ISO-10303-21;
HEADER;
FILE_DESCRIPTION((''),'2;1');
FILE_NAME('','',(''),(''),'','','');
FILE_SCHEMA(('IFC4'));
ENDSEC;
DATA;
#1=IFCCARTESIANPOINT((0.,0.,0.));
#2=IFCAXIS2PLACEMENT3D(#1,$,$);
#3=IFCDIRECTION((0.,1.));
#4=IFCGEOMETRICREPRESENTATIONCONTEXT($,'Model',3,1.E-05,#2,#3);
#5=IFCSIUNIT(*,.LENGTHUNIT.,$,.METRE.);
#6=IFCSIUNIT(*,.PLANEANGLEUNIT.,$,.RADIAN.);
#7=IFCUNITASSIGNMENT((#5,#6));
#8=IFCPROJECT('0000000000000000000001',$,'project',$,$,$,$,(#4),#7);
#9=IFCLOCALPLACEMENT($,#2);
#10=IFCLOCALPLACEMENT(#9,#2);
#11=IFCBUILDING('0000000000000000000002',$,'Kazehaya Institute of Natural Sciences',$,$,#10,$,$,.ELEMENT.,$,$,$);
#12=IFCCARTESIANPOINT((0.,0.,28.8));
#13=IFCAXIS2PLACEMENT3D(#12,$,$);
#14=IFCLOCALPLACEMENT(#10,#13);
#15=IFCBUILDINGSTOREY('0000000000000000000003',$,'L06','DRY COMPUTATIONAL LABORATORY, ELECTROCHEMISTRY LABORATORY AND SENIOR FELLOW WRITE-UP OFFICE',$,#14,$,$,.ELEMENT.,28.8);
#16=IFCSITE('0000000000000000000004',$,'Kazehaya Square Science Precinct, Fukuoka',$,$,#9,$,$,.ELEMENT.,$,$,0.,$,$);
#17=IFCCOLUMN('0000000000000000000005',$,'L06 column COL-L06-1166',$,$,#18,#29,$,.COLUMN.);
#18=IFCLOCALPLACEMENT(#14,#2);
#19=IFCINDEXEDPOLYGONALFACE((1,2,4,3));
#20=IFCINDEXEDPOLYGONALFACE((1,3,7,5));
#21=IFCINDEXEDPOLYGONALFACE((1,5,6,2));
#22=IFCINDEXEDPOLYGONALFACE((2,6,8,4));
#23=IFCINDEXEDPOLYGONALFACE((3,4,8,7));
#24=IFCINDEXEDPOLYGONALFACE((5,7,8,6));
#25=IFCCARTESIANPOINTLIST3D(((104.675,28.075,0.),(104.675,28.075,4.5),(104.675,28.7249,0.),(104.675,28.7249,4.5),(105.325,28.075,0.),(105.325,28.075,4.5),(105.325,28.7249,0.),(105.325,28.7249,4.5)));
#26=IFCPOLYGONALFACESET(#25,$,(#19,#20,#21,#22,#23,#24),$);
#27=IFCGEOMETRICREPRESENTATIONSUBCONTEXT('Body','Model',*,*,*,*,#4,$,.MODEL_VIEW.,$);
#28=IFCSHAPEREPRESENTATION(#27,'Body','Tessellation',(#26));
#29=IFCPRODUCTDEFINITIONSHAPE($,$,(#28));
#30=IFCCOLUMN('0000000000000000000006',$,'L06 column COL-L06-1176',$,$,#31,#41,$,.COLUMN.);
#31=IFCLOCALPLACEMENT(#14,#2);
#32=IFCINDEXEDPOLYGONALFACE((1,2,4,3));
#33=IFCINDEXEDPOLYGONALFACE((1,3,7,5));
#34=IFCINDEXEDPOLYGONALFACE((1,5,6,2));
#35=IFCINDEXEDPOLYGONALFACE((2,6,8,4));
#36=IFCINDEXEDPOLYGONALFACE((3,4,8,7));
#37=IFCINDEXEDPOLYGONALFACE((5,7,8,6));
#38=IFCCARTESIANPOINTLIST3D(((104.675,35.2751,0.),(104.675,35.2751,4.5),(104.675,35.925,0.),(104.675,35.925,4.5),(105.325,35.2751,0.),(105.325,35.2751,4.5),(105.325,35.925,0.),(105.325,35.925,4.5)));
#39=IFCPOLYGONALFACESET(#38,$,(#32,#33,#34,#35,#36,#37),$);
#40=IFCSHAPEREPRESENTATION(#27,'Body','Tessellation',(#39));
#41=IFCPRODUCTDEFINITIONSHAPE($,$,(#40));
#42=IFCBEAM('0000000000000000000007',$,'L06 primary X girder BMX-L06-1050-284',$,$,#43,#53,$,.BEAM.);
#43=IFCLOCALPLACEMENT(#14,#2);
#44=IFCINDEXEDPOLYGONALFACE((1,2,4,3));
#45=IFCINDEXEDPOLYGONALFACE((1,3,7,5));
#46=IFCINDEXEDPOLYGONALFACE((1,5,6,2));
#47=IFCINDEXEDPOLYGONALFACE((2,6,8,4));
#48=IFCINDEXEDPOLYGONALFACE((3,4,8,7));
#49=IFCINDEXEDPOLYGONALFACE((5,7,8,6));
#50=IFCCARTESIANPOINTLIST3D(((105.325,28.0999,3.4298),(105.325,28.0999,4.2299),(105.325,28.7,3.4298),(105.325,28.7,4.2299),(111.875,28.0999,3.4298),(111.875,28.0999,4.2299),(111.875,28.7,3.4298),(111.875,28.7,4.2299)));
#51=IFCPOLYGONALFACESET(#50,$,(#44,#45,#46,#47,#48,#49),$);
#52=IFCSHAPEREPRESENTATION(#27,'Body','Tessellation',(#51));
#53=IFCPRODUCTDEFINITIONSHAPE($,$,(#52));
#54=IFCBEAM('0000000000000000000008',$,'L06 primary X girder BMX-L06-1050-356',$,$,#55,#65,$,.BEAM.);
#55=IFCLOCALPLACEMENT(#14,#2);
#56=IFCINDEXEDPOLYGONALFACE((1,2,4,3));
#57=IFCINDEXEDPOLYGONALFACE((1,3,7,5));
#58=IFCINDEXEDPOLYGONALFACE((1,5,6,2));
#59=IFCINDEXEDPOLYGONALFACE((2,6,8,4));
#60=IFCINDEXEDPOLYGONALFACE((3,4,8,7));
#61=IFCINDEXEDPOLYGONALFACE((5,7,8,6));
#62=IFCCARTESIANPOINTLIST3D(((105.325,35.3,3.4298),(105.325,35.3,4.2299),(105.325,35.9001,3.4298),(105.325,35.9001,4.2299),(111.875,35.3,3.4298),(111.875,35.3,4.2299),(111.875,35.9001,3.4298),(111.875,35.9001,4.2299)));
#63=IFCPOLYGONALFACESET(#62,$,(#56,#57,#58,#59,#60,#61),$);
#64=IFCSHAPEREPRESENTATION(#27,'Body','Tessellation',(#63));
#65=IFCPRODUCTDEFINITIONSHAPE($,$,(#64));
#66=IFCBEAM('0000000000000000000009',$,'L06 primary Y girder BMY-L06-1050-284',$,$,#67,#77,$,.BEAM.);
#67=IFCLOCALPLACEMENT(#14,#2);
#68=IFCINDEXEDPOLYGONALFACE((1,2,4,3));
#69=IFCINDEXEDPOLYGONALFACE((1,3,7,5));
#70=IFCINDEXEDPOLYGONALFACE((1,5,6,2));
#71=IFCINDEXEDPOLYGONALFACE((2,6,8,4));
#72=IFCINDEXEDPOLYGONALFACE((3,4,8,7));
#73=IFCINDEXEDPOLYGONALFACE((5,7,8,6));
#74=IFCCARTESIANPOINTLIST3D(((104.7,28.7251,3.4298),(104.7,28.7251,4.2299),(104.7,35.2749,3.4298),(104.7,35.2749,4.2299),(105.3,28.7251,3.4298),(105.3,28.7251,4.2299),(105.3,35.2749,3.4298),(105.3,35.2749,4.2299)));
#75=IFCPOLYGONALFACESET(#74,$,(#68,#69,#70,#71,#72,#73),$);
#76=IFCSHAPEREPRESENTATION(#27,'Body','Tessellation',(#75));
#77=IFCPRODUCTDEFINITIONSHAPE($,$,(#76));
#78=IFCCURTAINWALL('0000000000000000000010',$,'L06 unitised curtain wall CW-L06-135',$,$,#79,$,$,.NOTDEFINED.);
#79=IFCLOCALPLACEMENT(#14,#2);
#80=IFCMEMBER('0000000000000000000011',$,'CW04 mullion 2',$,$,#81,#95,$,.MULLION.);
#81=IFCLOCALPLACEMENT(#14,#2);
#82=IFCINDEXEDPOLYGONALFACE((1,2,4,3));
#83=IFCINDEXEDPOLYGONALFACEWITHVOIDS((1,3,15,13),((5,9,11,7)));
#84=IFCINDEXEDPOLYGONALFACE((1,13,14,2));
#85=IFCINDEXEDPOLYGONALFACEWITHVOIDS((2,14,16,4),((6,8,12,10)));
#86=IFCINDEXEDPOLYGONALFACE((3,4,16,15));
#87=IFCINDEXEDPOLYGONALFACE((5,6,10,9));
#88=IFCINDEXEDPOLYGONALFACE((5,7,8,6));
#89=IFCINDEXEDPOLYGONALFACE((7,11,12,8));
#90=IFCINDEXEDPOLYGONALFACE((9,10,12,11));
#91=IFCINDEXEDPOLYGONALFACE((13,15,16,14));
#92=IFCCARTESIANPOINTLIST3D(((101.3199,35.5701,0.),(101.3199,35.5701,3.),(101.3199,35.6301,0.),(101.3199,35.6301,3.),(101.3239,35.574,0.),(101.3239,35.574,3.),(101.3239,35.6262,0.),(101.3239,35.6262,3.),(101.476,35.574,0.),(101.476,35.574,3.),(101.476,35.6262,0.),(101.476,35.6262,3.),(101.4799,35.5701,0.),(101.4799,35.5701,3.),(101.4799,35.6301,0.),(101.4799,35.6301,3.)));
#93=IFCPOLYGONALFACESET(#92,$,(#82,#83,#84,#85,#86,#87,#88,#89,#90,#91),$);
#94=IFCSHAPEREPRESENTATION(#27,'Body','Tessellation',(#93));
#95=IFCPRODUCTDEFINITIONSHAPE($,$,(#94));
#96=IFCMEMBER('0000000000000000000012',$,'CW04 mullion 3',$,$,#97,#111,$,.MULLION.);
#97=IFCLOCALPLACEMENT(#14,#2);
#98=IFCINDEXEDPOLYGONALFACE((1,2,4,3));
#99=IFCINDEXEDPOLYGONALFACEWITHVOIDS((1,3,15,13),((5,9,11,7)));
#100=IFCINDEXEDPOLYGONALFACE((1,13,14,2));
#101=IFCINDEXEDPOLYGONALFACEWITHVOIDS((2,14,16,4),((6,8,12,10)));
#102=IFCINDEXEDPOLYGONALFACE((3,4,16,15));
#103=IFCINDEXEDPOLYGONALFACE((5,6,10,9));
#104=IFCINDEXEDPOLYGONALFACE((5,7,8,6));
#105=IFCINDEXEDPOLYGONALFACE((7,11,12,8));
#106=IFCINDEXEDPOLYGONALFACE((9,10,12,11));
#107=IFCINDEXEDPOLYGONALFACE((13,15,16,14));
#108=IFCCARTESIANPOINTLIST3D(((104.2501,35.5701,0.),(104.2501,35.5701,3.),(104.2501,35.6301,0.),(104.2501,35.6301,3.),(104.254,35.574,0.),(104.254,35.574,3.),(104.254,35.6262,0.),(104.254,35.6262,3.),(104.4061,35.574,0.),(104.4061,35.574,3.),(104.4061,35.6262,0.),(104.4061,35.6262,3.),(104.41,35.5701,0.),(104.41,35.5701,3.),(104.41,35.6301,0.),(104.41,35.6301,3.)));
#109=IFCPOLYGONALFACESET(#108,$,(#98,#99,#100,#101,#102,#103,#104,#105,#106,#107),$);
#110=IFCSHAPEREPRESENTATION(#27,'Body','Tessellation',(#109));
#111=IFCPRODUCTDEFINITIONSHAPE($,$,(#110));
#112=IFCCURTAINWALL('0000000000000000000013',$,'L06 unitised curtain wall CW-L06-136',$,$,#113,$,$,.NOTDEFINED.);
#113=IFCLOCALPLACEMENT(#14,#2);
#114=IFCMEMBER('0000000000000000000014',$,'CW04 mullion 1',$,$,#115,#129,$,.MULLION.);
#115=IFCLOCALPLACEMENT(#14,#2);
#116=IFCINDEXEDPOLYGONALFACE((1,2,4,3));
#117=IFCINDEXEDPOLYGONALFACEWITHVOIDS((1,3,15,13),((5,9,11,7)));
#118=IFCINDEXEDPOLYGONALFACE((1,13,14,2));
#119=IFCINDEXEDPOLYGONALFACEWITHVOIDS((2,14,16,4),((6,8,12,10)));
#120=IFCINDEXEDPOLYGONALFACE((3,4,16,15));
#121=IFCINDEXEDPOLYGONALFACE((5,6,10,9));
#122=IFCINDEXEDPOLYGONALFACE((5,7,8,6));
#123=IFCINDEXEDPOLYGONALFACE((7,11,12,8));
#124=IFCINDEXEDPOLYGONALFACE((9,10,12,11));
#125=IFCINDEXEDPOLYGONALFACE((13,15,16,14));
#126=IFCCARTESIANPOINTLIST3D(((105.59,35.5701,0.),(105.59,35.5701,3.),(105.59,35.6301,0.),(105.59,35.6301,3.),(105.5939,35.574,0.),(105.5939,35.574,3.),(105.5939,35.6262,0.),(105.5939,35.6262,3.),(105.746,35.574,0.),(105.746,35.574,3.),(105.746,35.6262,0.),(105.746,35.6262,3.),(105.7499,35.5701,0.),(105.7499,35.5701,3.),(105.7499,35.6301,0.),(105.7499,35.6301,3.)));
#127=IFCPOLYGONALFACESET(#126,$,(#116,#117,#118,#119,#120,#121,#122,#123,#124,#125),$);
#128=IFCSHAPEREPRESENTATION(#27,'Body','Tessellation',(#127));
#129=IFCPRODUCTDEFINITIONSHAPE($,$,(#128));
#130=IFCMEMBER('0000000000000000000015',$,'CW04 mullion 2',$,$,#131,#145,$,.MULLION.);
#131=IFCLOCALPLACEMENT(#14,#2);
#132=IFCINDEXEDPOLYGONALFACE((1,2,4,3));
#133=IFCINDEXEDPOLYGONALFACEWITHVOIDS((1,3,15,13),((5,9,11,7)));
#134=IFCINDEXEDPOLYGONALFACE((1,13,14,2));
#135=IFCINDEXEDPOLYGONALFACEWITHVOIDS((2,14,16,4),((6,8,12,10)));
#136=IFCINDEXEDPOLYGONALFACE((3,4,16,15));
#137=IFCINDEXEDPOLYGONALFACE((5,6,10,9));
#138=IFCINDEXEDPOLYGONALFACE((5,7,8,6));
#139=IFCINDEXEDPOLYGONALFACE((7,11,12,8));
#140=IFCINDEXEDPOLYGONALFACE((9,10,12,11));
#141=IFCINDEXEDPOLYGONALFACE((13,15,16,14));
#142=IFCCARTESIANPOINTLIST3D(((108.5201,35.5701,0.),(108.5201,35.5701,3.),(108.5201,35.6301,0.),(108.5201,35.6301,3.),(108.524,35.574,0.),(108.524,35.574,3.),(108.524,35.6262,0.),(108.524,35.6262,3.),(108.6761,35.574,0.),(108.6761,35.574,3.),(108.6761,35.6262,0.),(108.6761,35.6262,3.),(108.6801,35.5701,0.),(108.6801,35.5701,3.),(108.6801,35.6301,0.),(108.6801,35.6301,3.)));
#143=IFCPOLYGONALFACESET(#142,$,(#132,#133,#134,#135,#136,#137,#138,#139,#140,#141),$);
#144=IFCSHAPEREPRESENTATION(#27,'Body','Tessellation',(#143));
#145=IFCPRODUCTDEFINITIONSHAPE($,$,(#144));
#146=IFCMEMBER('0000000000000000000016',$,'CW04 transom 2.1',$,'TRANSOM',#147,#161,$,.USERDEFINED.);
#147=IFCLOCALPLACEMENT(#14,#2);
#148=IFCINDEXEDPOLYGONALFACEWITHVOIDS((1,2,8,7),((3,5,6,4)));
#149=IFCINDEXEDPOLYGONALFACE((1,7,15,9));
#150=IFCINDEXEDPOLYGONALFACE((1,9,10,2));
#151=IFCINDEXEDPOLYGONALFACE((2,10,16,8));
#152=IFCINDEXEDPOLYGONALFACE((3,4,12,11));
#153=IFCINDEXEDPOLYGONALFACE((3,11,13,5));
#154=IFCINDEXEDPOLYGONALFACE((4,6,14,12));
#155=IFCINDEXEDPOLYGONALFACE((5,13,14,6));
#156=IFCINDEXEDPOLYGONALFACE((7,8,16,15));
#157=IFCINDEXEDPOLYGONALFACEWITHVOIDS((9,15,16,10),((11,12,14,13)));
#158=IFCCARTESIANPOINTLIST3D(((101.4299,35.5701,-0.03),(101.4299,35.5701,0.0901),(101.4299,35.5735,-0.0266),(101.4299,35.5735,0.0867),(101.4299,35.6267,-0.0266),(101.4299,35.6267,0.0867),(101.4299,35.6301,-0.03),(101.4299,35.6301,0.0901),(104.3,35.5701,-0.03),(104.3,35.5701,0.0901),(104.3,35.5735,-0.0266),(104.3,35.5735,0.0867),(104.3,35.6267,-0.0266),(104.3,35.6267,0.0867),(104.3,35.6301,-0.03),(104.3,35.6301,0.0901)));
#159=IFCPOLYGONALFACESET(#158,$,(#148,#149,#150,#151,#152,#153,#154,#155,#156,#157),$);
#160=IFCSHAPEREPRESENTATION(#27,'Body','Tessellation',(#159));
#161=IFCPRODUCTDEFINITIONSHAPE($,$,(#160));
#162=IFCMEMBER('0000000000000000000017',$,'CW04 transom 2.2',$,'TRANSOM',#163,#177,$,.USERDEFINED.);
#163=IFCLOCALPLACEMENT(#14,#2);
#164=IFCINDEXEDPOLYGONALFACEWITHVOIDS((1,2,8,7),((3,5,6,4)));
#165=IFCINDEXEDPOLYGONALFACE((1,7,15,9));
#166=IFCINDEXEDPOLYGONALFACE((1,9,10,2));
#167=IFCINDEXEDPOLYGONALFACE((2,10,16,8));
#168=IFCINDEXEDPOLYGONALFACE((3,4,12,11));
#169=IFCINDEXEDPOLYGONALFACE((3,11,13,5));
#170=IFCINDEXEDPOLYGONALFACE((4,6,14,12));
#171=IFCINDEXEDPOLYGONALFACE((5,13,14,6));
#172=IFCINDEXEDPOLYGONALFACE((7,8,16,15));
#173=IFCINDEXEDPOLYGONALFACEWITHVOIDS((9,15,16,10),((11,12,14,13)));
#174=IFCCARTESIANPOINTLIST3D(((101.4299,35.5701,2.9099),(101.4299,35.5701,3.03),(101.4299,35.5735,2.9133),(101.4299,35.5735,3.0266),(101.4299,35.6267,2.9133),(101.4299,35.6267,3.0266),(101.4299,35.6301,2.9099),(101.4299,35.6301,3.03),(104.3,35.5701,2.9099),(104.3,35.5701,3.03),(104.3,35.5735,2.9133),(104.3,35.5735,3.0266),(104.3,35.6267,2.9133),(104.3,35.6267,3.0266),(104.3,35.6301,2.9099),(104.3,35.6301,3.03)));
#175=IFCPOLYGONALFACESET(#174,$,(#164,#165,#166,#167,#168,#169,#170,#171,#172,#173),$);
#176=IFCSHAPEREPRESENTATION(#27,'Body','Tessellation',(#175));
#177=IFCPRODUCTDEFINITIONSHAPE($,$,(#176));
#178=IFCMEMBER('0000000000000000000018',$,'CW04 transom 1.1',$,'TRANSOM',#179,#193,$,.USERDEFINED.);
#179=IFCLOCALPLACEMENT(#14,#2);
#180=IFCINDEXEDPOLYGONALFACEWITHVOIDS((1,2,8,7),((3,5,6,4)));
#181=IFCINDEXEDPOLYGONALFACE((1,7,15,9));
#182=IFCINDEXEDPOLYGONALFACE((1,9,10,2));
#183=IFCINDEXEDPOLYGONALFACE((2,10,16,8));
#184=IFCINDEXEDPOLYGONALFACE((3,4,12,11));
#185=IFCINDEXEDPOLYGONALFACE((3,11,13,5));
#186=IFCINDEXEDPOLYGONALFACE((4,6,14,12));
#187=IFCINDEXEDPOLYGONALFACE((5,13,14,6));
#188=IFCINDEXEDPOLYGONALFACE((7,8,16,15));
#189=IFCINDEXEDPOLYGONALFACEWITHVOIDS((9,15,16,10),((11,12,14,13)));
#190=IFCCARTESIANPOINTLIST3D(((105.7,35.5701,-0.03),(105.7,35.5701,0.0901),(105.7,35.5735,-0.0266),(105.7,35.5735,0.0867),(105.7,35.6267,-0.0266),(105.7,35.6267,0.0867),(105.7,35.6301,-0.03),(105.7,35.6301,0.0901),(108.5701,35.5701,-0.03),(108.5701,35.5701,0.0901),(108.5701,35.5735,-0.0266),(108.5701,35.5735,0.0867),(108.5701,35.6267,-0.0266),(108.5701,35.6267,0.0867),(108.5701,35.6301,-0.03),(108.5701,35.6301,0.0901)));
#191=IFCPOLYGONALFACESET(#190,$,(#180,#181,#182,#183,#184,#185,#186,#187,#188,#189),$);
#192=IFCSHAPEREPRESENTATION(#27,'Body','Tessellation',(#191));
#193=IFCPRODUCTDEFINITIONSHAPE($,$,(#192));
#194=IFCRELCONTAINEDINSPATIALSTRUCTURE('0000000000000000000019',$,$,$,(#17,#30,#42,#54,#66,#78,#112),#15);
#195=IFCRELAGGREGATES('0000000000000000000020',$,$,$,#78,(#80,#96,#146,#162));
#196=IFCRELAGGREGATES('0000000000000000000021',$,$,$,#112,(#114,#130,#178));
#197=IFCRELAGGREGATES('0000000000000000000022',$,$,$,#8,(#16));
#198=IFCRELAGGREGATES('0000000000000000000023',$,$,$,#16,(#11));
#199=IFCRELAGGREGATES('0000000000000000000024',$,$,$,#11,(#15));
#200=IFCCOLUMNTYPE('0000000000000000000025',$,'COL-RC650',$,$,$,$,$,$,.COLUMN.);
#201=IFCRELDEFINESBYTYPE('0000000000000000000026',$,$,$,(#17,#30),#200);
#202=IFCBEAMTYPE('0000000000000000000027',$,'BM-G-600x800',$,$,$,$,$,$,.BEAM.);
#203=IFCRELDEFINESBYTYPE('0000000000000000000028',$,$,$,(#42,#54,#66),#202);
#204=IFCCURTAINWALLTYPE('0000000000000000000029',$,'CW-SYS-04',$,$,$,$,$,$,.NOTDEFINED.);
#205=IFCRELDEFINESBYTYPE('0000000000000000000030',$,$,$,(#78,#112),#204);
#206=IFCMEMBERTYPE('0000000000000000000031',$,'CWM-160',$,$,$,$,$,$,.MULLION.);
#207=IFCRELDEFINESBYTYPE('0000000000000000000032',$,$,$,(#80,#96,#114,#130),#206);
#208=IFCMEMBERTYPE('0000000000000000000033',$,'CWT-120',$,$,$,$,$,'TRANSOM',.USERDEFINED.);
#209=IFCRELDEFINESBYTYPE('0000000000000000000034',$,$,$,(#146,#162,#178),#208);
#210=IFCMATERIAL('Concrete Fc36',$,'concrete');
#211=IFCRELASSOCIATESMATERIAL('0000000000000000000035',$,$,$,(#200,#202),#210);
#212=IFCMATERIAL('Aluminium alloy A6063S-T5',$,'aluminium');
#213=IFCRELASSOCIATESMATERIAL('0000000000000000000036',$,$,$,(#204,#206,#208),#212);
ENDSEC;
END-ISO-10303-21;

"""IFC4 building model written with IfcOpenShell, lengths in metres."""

from ifc_helpers import new_model, si_unit, direction, frame, origin, origin_2d, place, context, subcontext, project, spatial, rectangle, hollow_rectangle, extrude, material, material_profile, profile_set, type_object, element, aggregate, save


model = new_model("IFC4")

# Units and contexts
model_context = context("Model", 3, precision=1e-05, world=origin(), true_north=direction((0.0, 1.0)))
body_context = subcontext(model_context, "Body", "Model", "MODEL_VIEW")
ifc_project = project(units=[si_unit("LENGTHUNIT", "METRE"), si_unit("PLANEANGLEUNIT", "RADIAN")], contexts=[model_context])

# Site, building, storey
site_placement = place(None, origin())
site = spatial("IfcSite", under=ifc_project, at=site_placement, Name="Kazehaya Square Science Precinct, Fukuoka", CompositionType="ELEMENT", RefElevation=0.0)
building_placement = place(site_placement, origin())
building = spatial("IfcBuilding", under=site, at=building_placement, Name="Kazehaya Institute of Natural Sciences", CompositionType="ELEMENT")
storey_placement = place(building_placement, frame((0.0, 0.0, 28.8)))
storey = spatial("IfcBuildingStorey", under=building, at=storey_placement, Name="L06", Description="DRY COMPUTATIONAL LABORATORY, ELECTROCHEMISTRY LABORATORY AND SENIOR FELLOW WRITE-UP OFFICE", CompositionType="ELEMENT", Elevation=28.8)

# Columns
ifc_material_1 = material(Name="Concrete Fc36", Category="concrete")
ifc_material_profile_1 = material_profile(ifc_material_1, rectangle(XDim=0.6499, YDim=0.6499, at=origin_2d()), Name="RC-650x650")
ifc_profile_set_1 = profile_set([ifc_material_profile_1], Name="Concrete Fc36")
column_type = type_object("IfcColumnType", Name="COL-RC650", PredefinedType="COLUMN", material=ifc_profile_set_1)
for number, where, z_axis, x_axis, name in (
    (1, (105.0, 28.3999, 0.0), (0.0, 0.0, 1.0), (1.0, 0.0, 0.0), "L06 column COL-L06-1166"),
    (2, (105.0, 35.6001, 0.0), (0.0, 0.0, 1.0), (1.0, 0.0, 0.0), "L06 column COL-L06-1176"),
):
    element("IfcColumn", number, at=place(storey_placement, frame(where, z_axis=z_axis, x_axis=x_axis)), inside=storey, type_object=column_type, Name=name, PredefinedType="COLUMN", context=body_context, shape_type="SweptSolid", body=[
        extrude(rectangle(XDim=0.6499, YDim=0.6499, at=origin_2d()), origin(), (0.0, 0.0, 1.0), 4.5),
    ])

# Beams
ifc_material_profile_2 = material_profile(ifc_material_1, rectangle(XDim=0.6001, YDim=0.8, at=origin_2d()), Name="RC-600x800")
ifc_profile_set_2 = profile_set([ifc_material_profile_2], Name="Concrete Fc36")
beam_type = type_object("IfcBeamType", Name="BM-G-600x800", PredefinedType="BEAM", material=ifc_profile_set_2)
for number, where, z_axis, x_axis, name in (
    (3, (105.325, 28.3999, 3.8298), (1.0, 0.0, 0.0), (0.0, 1.0, 0.0), "L06 primary X girder BMX-L06-1050-284"),
    (4, (105.325, 35.6001, 3.8298), (1.0, 0.0, 0.0), (0.0, 1.0, 0.0), "L06 primary X girder BMX-L06-1050-356"),
):
    element("IfcBeam", number, at=place(storey_placement, frame(where, z_axis=z_axis, x_axis=x_axis)), inside=storey, type_object=beam_type, Name=name, PredefinedType="BEAM", context=body_context, shape_type="SweptSolid", body=[
        extrude(rectangle(XDim=0.6001, YDim=0.8, at=origin_2d()), origin(), (0.0, 0.0, 1.0), 6.55),
    ])
beam_placement = place(storey_placement, frame((105.0, 28.7251, 3.8298), z_axis=(0.0, 1.0, 0.0), x_axis=(-1.0, 0.0, 0.0)))
element("IfcBeam", 5, at=beam_placement, inside=storey, type_object=beam_type, Name="L06 primary Y girder BMY-L06-1050-284", PredefinedType="BEAM", context=body_context, shape_type="SweptSolid", body=[
    extrude(rectangle(XDim=0.6001, YDim=0.8, at=origin_2d()), origin(), (0.0, 0.0, 1.0), 6.5498),
])

# Curtain walls, members
ifc_material_2 = material(Name="Aluminium alloy A6063S-T5", Category="aluminium")
curtain_wall_type = type_object("IfcCurtainWallType", Name="CW-SYS-04", PredefinedType="NOTDEFINED", material=ifc_material_2)
curtain_wall_1_placement = place(storey_placement, origin())
curtain_wall_1 = element("IfcCurtainWall", 6, at=curtain_wall_1_placement, inside=storey, type_object=curtain_wall_type, Name="L06 unitised curtain wall CW-L06-135", PredefinedType="NOTDEFINED")
ifc_material_profile_3 = material_profile(ifc_material_2, hollow_rectangle(XDim=0.0601, YDim=0.1599, WallThickness=0.0039, at=origin_2d()), Name="ALU-60x160x4")
ifc_profile_set_3 = profile_set([ifc_material_profile_3], Name="Aluminium alloy A6063S-T5")
member_type_1 = type_object("IfcMemberType", Name="CWM-160", PredefinedType="MULLION", material=ifc_profile_set_3)
member_1_placement = place(storey_placement, frame((101.3999, 35.6001, 0.0), z_axis=(0.0, 0.0, 1.0), x_axis=(0.0, 1.0, 0.0)))
member_1 = element("IfcMember", 7, at=member_1_placement, type_object=member_type_1, Name="CW04 mullion 2", PredefinedType="MULLION", context=body_context, shape_type="SweptSolid", body=[
    extrude(hollow_rectangle(XDim=0.0601, YDim=0.1599, WallThickness=0.0039, at=origin_2d()), origin(), (0.0, 0.0, 1.0), 3.0),
])
member_2_placement = place(storey_placement, frame((104.3301, 35.6001, 0.0), z_axis=(0.0, 0.0, 1.0), x_axis=(0.0, 1.0, 0.0)))
member_2 = element("IfcMember", 8, at=member_2_placement, type_object=member_type_1, Name="CW04 mullion 3", PredefinedType="MULLION", context=body_context, shape_type="SweptSolid", body=[
    extrude(hollow_rectangle(XDim=0.0601, YDim=0.1599, WallThickness=0.0039, at=origin_2d()), origin(), (0.0, 0.0, 1.0), 3.0),
])
curtain_wall_2_placement = place(storey_placement, origin())
curtain_wall_2 = element("IfcCurtainWall", 9, at=curtain_wall_2_placement, inside=storey, type_object=curtain_wall_type, Name="L06 unitised curtain wall CW-L06-136", PredefinedType="NOTDEFINED")
member_3_placement = place(storey_placement, frame((105.6699, 35.6001, 0.0), z_axis=(0.0, 0.0, 1.0), x_axis=(0.0, 1.0, 0.0)))
member_3 = element("IfcMember", 10, at=member_3_placement, type_object=member_type_1, Name="CW04 mullion 1", PredefinedType="MULLION", context=body_context, shape_type="SweptSolid", body=[
    extrude(hollow_rectangle(XDim=0.0601, YDim=0.1599, WallThickness=0.0039, at=origin_2d()), origin(), (0.0, 0.0, 1.0), 3.0),
])
member_4_placement = place(storey_placement, frame((108.6001, 35.6001, 0.0), z_axis=(0.0, 0.0, 1.0), x_axis=(0.0, 1.0, 0.0)))
member_4 = element("IfcMember", 11, at=member_4_placement, type_object=member_type_1, Name="CW04 mullion 2", PredefinedType="MULLION", context=body_context, shape_type="SweptSolid", body=[
    extrude(hollow_rectangle(XDim=0.0601, YDim=0.1599, WallThickness=0.0039, at=origin_2d()), origin(), (0.0, 0.0, 1.0), 3.0),
])

# Members
ifc_material_profile_4 = material_profile(ifc_material_2, hollow_rectangle(XDim=0.0601, YDim=0.1201, WallThickness=0.0034, at=origin_2d()), Name="ALU-60x120x3.5")
ifc_profile_set_4 = profile_set([ifc_material_profile_4], Name="Aluminium alloy A6063S-T5")
member_type_2 = type_object("IfcMemberType", Name="CWT-120", ElementType="TRANSOM", PredefinedType="USERDEFINED", material=ifc_profile_set_4)
member_5_placement = place(storey_placement, frame((101.4299, 35.6001, 0.03), z_axis=(1.0, 0.0, 0.0), x_axis=(0.0, 1.0, 0.0)))
member_5 = element("IfcMember", 12, at=member_5_placement, type_object=member_type_2, Name="CW04 transom 2.1", ObjectType="TRANSOM", PredefinedType="USERDEFINED", context=body_context, shape_type="SweptSolid", body=[
    extrude(hollow_rectangle(XDim=0.0601, YDim=0.1201, WallThickness=0.0034, at=origin_2d()), origin(), (0.0, 0.0, 1.0), 2.8701),
])
member_6_placement = place(storey_placement, frame((101.4299, 35.6001, 2.97), z_axis=(1.0, 0.0, 0.0), x_axis=(0.0, 1.0, 0.0)))
member_6 = element("IfcMember", 13, at=member_6_placement, type_object=member_type_2, Name="CW04 transom 2.2", ObjectType="TRANSOM", PredefinedType="USERDEFINED", context=body_context, shape_type="SweptSolid", body=[
    extrude(hollow_rectangle(XDim=0.0601, YDim=0.1201, WallThickness=0.0034, at=origin_2d()), origin(), (0.0, 0.0, 1.0), 2.8701),
])
member_7_placement = place(storey_placement, frame((105.7, 35.6001, 0.03), z_axis=(1.0, 0.0, 0.0), x_axis=(0.0, 1.0, 0.0)))
member_7 = element("IfcMember", 14, at=member_7_placement, type_object=member_type_2, Name="CW04 transom 1.1", ObjectType="TRANSOM", PredefinedType="USERDEFINED", context=body_context, shape_type="SweptSolid", body=[
    extrude(hollow_rectangle(XDim=0.0601, YDim=0.1201, WallThickness=0.0034, at=origin_2d()), origin(), (0.0, 0.0, 1.0), 2.8701),
])

aggregate(curtain_wall_1, [member_1, member_2, member_5, member_6])
aggregate(curtain_wall_2, [member_3, member_4, member_7])

save(model, "model.ifc")
